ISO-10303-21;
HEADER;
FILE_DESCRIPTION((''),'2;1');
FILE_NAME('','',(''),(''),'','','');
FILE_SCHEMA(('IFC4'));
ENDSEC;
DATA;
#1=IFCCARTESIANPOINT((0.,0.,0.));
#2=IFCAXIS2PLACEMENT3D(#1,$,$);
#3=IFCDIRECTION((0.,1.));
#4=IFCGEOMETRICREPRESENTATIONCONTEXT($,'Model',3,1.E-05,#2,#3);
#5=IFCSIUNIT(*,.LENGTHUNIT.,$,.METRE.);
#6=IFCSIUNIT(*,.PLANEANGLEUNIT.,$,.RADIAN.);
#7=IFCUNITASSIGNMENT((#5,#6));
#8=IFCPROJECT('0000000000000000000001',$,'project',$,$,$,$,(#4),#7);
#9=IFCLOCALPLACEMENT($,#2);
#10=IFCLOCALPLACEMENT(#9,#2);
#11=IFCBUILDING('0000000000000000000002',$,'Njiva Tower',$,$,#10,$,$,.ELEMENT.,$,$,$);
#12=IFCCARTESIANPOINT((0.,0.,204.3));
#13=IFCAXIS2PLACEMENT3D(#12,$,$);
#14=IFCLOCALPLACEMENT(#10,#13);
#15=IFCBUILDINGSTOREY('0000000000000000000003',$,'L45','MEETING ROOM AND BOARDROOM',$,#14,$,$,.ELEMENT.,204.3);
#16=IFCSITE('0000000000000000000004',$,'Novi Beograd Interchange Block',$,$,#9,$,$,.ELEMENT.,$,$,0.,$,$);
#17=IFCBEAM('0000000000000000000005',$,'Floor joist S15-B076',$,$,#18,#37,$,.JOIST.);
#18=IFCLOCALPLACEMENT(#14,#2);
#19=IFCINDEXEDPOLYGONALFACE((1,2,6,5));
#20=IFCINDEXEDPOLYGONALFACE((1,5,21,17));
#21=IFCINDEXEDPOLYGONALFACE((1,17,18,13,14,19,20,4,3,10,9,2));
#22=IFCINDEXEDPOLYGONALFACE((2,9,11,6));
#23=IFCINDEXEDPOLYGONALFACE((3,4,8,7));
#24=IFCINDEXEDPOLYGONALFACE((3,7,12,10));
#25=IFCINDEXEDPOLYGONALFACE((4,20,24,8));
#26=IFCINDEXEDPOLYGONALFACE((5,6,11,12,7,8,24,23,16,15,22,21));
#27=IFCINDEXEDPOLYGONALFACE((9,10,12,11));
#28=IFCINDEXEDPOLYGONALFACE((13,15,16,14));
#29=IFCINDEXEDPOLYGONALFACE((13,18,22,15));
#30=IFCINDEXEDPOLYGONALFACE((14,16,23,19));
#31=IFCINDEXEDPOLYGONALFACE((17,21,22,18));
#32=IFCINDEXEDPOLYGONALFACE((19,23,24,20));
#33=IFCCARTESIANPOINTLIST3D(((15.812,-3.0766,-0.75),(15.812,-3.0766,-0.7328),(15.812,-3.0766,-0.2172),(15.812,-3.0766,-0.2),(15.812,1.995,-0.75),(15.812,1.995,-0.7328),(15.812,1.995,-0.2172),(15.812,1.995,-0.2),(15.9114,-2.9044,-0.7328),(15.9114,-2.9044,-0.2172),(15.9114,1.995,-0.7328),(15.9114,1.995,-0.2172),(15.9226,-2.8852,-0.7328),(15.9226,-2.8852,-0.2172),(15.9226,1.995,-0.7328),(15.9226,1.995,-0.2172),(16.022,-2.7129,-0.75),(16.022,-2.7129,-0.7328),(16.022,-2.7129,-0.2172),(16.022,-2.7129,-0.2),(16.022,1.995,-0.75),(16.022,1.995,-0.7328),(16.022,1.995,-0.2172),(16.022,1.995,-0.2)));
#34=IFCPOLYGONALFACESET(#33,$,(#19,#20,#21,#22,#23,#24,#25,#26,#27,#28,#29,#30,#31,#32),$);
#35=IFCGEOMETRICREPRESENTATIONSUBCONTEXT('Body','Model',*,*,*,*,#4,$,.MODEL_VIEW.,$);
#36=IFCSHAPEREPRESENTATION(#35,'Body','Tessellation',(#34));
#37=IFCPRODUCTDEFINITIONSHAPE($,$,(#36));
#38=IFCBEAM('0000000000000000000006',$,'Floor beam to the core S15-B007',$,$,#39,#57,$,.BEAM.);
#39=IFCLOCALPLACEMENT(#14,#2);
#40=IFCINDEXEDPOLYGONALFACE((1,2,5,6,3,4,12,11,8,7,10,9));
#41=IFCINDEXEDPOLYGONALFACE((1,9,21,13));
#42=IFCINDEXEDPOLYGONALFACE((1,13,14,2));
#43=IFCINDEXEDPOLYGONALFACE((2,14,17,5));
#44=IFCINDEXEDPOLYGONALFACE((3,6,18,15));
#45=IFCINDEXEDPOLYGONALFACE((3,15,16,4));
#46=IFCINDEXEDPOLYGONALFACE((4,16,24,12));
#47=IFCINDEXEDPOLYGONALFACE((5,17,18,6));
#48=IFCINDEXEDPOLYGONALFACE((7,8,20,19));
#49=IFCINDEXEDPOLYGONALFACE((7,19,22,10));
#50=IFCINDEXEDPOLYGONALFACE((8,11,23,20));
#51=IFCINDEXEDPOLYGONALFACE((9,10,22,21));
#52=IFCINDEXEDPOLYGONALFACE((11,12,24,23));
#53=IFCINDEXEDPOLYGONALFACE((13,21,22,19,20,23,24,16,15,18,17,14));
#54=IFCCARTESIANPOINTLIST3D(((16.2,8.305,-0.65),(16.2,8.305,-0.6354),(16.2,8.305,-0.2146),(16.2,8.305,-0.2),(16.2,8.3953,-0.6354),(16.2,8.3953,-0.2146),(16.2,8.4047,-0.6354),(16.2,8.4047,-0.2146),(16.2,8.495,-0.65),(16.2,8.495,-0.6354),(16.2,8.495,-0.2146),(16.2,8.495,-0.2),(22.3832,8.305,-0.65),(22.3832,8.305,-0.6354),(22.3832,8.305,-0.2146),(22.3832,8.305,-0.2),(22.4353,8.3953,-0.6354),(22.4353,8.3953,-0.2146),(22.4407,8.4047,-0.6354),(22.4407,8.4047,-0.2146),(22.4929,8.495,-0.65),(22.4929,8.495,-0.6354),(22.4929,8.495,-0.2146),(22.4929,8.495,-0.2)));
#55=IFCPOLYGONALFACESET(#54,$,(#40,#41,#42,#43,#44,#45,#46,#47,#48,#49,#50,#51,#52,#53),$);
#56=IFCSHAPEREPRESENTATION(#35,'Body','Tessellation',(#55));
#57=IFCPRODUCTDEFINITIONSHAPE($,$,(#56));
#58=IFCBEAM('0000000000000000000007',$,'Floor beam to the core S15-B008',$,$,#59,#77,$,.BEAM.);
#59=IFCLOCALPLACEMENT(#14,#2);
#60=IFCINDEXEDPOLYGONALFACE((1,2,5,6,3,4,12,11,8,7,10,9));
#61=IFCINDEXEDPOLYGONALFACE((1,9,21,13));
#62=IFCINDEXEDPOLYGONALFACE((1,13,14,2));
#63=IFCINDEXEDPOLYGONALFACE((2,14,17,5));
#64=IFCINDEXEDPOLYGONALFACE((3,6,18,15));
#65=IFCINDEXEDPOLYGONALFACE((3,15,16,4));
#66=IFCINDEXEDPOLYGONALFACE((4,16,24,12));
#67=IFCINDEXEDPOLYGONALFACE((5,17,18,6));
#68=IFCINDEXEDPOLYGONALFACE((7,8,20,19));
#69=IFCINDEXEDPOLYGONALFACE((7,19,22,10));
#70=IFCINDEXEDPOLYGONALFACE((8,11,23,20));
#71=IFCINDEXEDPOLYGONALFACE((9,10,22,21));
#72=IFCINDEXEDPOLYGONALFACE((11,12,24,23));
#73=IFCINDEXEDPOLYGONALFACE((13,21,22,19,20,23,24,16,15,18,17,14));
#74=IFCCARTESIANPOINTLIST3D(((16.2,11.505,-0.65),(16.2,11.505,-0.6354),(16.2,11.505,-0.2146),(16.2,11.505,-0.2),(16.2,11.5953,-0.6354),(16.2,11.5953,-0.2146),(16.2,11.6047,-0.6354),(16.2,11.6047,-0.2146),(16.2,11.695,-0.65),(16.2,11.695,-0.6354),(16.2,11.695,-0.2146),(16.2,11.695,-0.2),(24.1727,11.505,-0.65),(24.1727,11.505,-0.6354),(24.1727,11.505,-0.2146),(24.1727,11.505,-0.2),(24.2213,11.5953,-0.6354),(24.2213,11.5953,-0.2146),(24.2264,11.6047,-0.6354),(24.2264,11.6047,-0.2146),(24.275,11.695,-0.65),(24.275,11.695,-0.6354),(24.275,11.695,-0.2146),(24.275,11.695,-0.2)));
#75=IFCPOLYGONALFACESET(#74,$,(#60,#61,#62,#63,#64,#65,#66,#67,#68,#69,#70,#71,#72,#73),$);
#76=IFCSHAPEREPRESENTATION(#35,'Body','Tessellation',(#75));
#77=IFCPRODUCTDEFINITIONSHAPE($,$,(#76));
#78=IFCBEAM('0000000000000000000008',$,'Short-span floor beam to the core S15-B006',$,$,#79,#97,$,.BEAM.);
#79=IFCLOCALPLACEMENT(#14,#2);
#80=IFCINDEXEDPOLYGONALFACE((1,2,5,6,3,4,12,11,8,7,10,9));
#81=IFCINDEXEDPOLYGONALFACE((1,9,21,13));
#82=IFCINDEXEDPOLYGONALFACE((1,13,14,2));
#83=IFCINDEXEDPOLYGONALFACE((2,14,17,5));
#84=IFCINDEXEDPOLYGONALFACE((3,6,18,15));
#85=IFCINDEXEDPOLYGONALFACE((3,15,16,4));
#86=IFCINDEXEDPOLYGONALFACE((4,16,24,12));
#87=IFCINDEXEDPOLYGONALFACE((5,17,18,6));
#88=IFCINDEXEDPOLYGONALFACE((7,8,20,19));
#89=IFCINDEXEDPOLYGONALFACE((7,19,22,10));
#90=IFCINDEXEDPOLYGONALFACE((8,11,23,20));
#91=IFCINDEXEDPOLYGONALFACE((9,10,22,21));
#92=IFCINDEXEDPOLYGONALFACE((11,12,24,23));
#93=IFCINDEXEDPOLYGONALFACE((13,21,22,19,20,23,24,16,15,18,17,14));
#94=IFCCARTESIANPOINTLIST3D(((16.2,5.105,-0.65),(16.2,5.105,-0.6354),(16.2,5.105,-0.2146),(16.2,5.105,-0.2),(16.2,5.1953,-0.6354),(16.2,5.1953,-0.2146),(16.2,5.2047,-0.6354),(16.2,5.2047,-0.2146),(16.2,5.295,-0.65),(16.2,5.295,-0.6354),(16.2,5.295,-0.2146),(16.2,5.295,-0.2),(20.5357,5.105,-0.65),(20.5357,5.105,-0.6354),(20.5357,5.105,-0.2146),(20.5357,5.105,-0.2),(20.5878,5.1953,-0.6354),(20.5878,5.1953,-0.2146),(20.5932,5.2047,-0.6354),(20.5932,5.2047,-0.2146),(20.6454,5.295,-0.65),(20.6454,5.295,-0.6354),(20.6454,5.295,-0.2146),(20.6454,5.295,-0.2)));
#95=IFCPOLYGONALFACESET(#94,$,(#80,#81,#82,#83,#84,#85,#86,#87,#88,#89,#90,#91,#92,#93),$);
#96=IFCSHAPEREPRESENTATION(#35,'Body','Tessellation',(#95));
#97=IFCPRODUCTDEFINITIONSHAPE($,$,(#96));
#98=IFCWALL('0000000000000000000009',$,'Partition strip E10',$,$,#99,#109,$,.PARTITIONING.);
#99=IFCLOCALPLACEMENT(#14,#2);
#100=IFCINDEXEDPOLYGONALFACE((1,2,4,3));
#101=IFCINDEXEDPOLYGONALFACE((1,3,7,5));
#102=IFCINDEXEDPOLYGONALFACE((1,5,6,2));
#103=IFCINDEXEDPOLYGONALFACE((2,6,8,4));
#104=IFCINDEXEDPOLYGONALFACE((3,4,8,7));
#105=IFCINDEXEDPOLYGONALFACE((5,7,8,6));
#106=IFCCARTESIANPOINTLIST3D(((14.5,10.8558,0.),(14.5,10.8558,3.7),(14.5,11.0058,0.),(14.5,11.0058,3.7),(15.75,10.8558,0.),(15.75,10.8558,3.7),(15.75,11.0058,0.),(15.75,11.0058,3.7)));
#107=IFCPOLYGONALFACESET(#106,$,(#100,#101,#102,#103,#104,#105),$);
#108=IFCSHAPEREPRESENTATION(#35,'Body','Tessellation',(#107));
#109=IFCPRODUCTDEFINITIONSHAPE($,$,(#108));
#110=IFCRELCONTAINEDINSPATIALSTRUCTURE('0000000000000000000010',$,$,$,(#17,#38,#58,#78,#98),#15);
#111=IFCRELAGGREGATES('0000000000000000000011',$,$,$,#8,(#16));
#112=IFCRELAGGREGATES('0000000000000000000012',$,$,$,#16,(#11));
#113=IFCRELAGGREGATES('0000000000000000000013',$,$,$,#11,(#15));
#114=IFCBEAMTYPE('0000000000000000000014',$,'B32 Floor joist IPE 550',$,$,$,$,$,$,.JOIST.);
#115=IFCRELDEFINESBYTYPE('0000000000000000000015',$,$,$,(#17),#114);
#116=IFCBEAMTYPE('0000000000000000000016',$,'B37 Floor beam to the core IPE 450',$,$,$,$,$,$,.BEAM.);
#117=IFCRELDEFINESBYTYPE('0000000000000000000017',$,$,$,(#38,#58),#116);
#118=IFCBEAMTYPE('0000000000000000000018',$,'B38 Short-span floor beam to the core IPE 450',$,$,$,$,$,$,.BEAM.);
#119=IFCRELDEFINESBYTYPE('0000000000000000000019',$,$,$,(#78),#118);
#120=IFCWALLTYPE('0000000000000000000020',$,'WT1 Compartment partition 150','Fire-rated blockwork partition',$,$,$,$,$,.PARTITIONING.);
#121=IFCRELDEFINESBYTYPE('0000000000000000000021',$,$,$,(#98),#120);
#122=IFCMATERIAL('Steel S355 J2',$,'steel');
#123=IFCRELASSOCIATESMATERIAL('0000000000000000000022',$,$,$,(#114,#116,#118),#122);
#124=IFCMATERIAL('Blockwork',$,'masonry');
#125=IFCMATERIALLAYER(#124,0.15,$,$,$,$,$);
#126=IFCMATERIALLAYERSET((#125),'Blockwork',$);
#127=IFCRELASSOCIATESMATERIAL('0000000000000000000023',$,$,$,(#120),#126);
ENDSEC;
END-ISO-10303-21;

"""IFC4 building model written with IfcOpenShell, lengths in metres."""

from ifc_helpers import new_model, si_unit, direction, frame, frame_2d, origin, origin_2d, place, context, subcontext, project, spatial, rectangle, i_section, extrude, clip, halfspace, material, layer, layer_set, material_profile, profile_set, type_object, element, save


model = new_model("IFC4")

# Units and contexts
model_context = context("Model", 3, precision=1e-05, world=origin(), true_north=direction((0.0, 1.0)))
body_context = subcontext(model_context, "Body", "Model", "MODEL_VIEW")
ifc_project = project(units=[si_unit("LENGTHUNIT", "METRE"), si_unit("PLANEANGLEUNIT", "RADIAN")], contexts=[model_context])

# Site, building, storey
site_placement = place(None, origin())
site = spatial("IfcSite", under=ifc_project, at=site_placement, Name="Novi Beograd Interchange Block", CompositionType="ELEMENT", RefElevation=0.0)
building_placement = place(site_placement, origin())
building = spatial("IfcBuilding", under=site, at=building_placement, Name="Njiva Tower", CompositionType="ELEMENT")
storey_placement = place(building_placement, frame((0.0, 0.0, 204.3)))
storey = spatial("IfcBuildingStorey", under=building, at=storey_placement, Name="L45", Description="MEETING ROOM AND BOARDROOM", CompositionType="ELEMENT", Elevation=204.3)

# Shared definitions
ifc_material_1 = material(Name="Steel S355 J2", Category="steel")

# Beams
ifc_material_profile_1 = material_profile(ifc_material_1, i_section(OverallWidth=0.21, OverallDepth=0.55, WebThickness=0.0111, FlangeThickness=0.0172, at=origin_2d()), Name="IPE 550")
ifc_profile_set_1 = profile_set([ifc_material_profile_1], Name="Steel S355 J2")
beam_type_1 = type_object("IfcBeamType", Name="B32 Floor joist IPE 550", PredefinedType="JOIST", material=ifc_profile_set_1)
beam_1_placement = place(storey_placement, frame((15.917, 1.995, -0.475), z_axis=(0.0, -1.0, 0.0), x_axis=(1.0, 0.0, 0.0)))
element("IfcBeam", 1, at=beam_1_placement, inside=storey, type_object=beam_type_1, Name="Floor joist S15-B076", PredefinedType="JOIST", context=body_context, shape_type="Clipping", body=[
    clip(extrude(i_section(OverallWidth=0.21, OverallDepth=0.55, WebThickness=0.0111, FlangeThickness=0.0172, at=origin_2d()), origin(), (0.0, 0.0, 1.0), 5.092), halfspace(frame((0.043, 0.0, 4.8153), z_axis=(0.866027, 0.0, 0.499998), x_axis=(0.0, 1.0, 0.0)), False)),
])
ifc_material_profile_2 = material_profile(ifc_material_1, i_section(OverallWidth=0.19, OverallDepth=0.45, WebThickness=0.0094, FlangeThickness=0.0146, at=origin_2d()), Name="IPE 450")
ifc_profile_set_2 = profile_set([ifc_material_profile_2], Name="Steel S355 J2")
beam_type_2 = type_object("IfcBeamType", Name="B37 Floor beam to the core IPE 450", PredefinedType="BEAM", material=ifc_profile_set_2)
beam_2_placement = place(storey_placement, frame((16.2, 8.4, -0.425), z_axis=(1.0, 0.0, 0.0), x_axis=(0.0, 1.0, 0.0)))
element("IfcBeam", 2, at=beam_2_placement, inside=storey, type_object=beam_type_2, Name="Floor beam to the core S15-B007", PredefinedType="BEAM", context=body_context, shape_type="Clipping", body=[
    clip(extrude(i_section(OverallWidth=0.19, OverallDepth=0.45, WebThickness=0.0094, FlangeThickness=0.0146, at=origin_2d()), origin(), (0.0, 0.0, 1.0), 6.313), halfspace(frame((-0.025, 0.0, 6.2236), z_axis=(-0.499998, 0.0, 0.866027), x_axis=(0.0, 1.0, 0.0)), False)),
])
beam_3_placement = place(storey_placement, frame((16.2, 11.6, -0.425), z_axis=(1.0, 0.0, 0.0), x_axis=(0.0, 1.0, 0.0)))
element("IfcBeam", 3, at=beam_3_placement, inside=storey, type_object=beam_type_2, Name="Floor beam to the core S15-B008", PredefinedType="BEAM", context=body_context, shape_type="Clipping", body=[
    clip(extrude(i_section(OverallWidth=0.19, OverallDepth=0.45, WebThickness=0.0094, FlangeThickness=0.0146, at=origin_2d()), origin(), (0.0, 0.0, 1.0), 8.095), halfspace(frame((-0.0237, 0.0, 8.0111), z_axis=(-0.473769, 0.0, 0.880649), x_axis=(0.0, 1.0, 0.0)), False)),
])
ifc_material_profile_3 = material_profile(ifc_material_1, i_section(OverallWidth=0.19, OverallDepth=0.45, WebThickness=0.0094, FlangeThickness=0.0146, at=origin_2d()), Name="IPE 450")
ifc_profile_set_3 = profile_set([ifc_material_profile_3], Name="Steel S355 J2")
beam_type_3 = type_object("IfcBeamType", Name="B38 Short-span floor beam to the core IPE 450", PredefinedType="BEAM", material=ifc_profile_set_3)
beam_4_placement = place(storey_placement, frame((16.2, 5.2, -0.425), z_axis=(1.0, 0.0, 0.0), x_axis=(0.0, 1.0, 0.0)))
element("IfcBeam", 4, at=beam_4_placement, inside=storey, type_object=beam_type_3, Name="Short-span floor beam to the core S15-B006", PredefinedType="BEAM", context=body_context, shape_type="Clipping", body=[
    clip(extrude(i_section(OverallWidth=0.19, OverallDepth=0.45, WebThickness=0.0094, FlangeThickness=0.0146, at=origin_2d()), origin(), (0.0, 0.0, 1.0), 4.466), halfspace(frame((-0.025, 0.0, 4.3761), z_axis=(-0.499998, 0.0, 0.866027), x_axis=(0.0, 1.0, 0.0)), False)),
])

# Wall
ifc_material_2 = material(Name="Blockwork", Category="masonry")
ifc_layer_1 = layer(ifc_material_2, 0.15)
ifc_layer_set_1 = layer_set([ifc_layer_1], Name="Blockwork")
wall_type_1 = type_object("IfcWallType", Name="WT1 Compartment partition 150", Description="Fire-rated blockwork partition", PredefinedType="PARTITIONING", material=ifc_layer_set_1)
wall_1_placement = place(storey_placement, frame((14.5, 10.9308, 0.0), z_axis=(0.0, 0.0, 1.0), x_axis=(1.0, 0.0, 0.0)))
element("IfcWall", 5, at=wall_1_placement, inside=storey, type_object=wall_type_1, Name="Partition strip E10", PredefinedType="PARTITIONING", context=body_context, shape_type="SweptSolid", body=[
    extrude(rectangle(XDim=1.25, YDim=0.15, at=frame_2d((0.625, 0.0))), origin(), (0.0, 0.0, 1.0), 3.7),
])

save(model, "model.ifc")
